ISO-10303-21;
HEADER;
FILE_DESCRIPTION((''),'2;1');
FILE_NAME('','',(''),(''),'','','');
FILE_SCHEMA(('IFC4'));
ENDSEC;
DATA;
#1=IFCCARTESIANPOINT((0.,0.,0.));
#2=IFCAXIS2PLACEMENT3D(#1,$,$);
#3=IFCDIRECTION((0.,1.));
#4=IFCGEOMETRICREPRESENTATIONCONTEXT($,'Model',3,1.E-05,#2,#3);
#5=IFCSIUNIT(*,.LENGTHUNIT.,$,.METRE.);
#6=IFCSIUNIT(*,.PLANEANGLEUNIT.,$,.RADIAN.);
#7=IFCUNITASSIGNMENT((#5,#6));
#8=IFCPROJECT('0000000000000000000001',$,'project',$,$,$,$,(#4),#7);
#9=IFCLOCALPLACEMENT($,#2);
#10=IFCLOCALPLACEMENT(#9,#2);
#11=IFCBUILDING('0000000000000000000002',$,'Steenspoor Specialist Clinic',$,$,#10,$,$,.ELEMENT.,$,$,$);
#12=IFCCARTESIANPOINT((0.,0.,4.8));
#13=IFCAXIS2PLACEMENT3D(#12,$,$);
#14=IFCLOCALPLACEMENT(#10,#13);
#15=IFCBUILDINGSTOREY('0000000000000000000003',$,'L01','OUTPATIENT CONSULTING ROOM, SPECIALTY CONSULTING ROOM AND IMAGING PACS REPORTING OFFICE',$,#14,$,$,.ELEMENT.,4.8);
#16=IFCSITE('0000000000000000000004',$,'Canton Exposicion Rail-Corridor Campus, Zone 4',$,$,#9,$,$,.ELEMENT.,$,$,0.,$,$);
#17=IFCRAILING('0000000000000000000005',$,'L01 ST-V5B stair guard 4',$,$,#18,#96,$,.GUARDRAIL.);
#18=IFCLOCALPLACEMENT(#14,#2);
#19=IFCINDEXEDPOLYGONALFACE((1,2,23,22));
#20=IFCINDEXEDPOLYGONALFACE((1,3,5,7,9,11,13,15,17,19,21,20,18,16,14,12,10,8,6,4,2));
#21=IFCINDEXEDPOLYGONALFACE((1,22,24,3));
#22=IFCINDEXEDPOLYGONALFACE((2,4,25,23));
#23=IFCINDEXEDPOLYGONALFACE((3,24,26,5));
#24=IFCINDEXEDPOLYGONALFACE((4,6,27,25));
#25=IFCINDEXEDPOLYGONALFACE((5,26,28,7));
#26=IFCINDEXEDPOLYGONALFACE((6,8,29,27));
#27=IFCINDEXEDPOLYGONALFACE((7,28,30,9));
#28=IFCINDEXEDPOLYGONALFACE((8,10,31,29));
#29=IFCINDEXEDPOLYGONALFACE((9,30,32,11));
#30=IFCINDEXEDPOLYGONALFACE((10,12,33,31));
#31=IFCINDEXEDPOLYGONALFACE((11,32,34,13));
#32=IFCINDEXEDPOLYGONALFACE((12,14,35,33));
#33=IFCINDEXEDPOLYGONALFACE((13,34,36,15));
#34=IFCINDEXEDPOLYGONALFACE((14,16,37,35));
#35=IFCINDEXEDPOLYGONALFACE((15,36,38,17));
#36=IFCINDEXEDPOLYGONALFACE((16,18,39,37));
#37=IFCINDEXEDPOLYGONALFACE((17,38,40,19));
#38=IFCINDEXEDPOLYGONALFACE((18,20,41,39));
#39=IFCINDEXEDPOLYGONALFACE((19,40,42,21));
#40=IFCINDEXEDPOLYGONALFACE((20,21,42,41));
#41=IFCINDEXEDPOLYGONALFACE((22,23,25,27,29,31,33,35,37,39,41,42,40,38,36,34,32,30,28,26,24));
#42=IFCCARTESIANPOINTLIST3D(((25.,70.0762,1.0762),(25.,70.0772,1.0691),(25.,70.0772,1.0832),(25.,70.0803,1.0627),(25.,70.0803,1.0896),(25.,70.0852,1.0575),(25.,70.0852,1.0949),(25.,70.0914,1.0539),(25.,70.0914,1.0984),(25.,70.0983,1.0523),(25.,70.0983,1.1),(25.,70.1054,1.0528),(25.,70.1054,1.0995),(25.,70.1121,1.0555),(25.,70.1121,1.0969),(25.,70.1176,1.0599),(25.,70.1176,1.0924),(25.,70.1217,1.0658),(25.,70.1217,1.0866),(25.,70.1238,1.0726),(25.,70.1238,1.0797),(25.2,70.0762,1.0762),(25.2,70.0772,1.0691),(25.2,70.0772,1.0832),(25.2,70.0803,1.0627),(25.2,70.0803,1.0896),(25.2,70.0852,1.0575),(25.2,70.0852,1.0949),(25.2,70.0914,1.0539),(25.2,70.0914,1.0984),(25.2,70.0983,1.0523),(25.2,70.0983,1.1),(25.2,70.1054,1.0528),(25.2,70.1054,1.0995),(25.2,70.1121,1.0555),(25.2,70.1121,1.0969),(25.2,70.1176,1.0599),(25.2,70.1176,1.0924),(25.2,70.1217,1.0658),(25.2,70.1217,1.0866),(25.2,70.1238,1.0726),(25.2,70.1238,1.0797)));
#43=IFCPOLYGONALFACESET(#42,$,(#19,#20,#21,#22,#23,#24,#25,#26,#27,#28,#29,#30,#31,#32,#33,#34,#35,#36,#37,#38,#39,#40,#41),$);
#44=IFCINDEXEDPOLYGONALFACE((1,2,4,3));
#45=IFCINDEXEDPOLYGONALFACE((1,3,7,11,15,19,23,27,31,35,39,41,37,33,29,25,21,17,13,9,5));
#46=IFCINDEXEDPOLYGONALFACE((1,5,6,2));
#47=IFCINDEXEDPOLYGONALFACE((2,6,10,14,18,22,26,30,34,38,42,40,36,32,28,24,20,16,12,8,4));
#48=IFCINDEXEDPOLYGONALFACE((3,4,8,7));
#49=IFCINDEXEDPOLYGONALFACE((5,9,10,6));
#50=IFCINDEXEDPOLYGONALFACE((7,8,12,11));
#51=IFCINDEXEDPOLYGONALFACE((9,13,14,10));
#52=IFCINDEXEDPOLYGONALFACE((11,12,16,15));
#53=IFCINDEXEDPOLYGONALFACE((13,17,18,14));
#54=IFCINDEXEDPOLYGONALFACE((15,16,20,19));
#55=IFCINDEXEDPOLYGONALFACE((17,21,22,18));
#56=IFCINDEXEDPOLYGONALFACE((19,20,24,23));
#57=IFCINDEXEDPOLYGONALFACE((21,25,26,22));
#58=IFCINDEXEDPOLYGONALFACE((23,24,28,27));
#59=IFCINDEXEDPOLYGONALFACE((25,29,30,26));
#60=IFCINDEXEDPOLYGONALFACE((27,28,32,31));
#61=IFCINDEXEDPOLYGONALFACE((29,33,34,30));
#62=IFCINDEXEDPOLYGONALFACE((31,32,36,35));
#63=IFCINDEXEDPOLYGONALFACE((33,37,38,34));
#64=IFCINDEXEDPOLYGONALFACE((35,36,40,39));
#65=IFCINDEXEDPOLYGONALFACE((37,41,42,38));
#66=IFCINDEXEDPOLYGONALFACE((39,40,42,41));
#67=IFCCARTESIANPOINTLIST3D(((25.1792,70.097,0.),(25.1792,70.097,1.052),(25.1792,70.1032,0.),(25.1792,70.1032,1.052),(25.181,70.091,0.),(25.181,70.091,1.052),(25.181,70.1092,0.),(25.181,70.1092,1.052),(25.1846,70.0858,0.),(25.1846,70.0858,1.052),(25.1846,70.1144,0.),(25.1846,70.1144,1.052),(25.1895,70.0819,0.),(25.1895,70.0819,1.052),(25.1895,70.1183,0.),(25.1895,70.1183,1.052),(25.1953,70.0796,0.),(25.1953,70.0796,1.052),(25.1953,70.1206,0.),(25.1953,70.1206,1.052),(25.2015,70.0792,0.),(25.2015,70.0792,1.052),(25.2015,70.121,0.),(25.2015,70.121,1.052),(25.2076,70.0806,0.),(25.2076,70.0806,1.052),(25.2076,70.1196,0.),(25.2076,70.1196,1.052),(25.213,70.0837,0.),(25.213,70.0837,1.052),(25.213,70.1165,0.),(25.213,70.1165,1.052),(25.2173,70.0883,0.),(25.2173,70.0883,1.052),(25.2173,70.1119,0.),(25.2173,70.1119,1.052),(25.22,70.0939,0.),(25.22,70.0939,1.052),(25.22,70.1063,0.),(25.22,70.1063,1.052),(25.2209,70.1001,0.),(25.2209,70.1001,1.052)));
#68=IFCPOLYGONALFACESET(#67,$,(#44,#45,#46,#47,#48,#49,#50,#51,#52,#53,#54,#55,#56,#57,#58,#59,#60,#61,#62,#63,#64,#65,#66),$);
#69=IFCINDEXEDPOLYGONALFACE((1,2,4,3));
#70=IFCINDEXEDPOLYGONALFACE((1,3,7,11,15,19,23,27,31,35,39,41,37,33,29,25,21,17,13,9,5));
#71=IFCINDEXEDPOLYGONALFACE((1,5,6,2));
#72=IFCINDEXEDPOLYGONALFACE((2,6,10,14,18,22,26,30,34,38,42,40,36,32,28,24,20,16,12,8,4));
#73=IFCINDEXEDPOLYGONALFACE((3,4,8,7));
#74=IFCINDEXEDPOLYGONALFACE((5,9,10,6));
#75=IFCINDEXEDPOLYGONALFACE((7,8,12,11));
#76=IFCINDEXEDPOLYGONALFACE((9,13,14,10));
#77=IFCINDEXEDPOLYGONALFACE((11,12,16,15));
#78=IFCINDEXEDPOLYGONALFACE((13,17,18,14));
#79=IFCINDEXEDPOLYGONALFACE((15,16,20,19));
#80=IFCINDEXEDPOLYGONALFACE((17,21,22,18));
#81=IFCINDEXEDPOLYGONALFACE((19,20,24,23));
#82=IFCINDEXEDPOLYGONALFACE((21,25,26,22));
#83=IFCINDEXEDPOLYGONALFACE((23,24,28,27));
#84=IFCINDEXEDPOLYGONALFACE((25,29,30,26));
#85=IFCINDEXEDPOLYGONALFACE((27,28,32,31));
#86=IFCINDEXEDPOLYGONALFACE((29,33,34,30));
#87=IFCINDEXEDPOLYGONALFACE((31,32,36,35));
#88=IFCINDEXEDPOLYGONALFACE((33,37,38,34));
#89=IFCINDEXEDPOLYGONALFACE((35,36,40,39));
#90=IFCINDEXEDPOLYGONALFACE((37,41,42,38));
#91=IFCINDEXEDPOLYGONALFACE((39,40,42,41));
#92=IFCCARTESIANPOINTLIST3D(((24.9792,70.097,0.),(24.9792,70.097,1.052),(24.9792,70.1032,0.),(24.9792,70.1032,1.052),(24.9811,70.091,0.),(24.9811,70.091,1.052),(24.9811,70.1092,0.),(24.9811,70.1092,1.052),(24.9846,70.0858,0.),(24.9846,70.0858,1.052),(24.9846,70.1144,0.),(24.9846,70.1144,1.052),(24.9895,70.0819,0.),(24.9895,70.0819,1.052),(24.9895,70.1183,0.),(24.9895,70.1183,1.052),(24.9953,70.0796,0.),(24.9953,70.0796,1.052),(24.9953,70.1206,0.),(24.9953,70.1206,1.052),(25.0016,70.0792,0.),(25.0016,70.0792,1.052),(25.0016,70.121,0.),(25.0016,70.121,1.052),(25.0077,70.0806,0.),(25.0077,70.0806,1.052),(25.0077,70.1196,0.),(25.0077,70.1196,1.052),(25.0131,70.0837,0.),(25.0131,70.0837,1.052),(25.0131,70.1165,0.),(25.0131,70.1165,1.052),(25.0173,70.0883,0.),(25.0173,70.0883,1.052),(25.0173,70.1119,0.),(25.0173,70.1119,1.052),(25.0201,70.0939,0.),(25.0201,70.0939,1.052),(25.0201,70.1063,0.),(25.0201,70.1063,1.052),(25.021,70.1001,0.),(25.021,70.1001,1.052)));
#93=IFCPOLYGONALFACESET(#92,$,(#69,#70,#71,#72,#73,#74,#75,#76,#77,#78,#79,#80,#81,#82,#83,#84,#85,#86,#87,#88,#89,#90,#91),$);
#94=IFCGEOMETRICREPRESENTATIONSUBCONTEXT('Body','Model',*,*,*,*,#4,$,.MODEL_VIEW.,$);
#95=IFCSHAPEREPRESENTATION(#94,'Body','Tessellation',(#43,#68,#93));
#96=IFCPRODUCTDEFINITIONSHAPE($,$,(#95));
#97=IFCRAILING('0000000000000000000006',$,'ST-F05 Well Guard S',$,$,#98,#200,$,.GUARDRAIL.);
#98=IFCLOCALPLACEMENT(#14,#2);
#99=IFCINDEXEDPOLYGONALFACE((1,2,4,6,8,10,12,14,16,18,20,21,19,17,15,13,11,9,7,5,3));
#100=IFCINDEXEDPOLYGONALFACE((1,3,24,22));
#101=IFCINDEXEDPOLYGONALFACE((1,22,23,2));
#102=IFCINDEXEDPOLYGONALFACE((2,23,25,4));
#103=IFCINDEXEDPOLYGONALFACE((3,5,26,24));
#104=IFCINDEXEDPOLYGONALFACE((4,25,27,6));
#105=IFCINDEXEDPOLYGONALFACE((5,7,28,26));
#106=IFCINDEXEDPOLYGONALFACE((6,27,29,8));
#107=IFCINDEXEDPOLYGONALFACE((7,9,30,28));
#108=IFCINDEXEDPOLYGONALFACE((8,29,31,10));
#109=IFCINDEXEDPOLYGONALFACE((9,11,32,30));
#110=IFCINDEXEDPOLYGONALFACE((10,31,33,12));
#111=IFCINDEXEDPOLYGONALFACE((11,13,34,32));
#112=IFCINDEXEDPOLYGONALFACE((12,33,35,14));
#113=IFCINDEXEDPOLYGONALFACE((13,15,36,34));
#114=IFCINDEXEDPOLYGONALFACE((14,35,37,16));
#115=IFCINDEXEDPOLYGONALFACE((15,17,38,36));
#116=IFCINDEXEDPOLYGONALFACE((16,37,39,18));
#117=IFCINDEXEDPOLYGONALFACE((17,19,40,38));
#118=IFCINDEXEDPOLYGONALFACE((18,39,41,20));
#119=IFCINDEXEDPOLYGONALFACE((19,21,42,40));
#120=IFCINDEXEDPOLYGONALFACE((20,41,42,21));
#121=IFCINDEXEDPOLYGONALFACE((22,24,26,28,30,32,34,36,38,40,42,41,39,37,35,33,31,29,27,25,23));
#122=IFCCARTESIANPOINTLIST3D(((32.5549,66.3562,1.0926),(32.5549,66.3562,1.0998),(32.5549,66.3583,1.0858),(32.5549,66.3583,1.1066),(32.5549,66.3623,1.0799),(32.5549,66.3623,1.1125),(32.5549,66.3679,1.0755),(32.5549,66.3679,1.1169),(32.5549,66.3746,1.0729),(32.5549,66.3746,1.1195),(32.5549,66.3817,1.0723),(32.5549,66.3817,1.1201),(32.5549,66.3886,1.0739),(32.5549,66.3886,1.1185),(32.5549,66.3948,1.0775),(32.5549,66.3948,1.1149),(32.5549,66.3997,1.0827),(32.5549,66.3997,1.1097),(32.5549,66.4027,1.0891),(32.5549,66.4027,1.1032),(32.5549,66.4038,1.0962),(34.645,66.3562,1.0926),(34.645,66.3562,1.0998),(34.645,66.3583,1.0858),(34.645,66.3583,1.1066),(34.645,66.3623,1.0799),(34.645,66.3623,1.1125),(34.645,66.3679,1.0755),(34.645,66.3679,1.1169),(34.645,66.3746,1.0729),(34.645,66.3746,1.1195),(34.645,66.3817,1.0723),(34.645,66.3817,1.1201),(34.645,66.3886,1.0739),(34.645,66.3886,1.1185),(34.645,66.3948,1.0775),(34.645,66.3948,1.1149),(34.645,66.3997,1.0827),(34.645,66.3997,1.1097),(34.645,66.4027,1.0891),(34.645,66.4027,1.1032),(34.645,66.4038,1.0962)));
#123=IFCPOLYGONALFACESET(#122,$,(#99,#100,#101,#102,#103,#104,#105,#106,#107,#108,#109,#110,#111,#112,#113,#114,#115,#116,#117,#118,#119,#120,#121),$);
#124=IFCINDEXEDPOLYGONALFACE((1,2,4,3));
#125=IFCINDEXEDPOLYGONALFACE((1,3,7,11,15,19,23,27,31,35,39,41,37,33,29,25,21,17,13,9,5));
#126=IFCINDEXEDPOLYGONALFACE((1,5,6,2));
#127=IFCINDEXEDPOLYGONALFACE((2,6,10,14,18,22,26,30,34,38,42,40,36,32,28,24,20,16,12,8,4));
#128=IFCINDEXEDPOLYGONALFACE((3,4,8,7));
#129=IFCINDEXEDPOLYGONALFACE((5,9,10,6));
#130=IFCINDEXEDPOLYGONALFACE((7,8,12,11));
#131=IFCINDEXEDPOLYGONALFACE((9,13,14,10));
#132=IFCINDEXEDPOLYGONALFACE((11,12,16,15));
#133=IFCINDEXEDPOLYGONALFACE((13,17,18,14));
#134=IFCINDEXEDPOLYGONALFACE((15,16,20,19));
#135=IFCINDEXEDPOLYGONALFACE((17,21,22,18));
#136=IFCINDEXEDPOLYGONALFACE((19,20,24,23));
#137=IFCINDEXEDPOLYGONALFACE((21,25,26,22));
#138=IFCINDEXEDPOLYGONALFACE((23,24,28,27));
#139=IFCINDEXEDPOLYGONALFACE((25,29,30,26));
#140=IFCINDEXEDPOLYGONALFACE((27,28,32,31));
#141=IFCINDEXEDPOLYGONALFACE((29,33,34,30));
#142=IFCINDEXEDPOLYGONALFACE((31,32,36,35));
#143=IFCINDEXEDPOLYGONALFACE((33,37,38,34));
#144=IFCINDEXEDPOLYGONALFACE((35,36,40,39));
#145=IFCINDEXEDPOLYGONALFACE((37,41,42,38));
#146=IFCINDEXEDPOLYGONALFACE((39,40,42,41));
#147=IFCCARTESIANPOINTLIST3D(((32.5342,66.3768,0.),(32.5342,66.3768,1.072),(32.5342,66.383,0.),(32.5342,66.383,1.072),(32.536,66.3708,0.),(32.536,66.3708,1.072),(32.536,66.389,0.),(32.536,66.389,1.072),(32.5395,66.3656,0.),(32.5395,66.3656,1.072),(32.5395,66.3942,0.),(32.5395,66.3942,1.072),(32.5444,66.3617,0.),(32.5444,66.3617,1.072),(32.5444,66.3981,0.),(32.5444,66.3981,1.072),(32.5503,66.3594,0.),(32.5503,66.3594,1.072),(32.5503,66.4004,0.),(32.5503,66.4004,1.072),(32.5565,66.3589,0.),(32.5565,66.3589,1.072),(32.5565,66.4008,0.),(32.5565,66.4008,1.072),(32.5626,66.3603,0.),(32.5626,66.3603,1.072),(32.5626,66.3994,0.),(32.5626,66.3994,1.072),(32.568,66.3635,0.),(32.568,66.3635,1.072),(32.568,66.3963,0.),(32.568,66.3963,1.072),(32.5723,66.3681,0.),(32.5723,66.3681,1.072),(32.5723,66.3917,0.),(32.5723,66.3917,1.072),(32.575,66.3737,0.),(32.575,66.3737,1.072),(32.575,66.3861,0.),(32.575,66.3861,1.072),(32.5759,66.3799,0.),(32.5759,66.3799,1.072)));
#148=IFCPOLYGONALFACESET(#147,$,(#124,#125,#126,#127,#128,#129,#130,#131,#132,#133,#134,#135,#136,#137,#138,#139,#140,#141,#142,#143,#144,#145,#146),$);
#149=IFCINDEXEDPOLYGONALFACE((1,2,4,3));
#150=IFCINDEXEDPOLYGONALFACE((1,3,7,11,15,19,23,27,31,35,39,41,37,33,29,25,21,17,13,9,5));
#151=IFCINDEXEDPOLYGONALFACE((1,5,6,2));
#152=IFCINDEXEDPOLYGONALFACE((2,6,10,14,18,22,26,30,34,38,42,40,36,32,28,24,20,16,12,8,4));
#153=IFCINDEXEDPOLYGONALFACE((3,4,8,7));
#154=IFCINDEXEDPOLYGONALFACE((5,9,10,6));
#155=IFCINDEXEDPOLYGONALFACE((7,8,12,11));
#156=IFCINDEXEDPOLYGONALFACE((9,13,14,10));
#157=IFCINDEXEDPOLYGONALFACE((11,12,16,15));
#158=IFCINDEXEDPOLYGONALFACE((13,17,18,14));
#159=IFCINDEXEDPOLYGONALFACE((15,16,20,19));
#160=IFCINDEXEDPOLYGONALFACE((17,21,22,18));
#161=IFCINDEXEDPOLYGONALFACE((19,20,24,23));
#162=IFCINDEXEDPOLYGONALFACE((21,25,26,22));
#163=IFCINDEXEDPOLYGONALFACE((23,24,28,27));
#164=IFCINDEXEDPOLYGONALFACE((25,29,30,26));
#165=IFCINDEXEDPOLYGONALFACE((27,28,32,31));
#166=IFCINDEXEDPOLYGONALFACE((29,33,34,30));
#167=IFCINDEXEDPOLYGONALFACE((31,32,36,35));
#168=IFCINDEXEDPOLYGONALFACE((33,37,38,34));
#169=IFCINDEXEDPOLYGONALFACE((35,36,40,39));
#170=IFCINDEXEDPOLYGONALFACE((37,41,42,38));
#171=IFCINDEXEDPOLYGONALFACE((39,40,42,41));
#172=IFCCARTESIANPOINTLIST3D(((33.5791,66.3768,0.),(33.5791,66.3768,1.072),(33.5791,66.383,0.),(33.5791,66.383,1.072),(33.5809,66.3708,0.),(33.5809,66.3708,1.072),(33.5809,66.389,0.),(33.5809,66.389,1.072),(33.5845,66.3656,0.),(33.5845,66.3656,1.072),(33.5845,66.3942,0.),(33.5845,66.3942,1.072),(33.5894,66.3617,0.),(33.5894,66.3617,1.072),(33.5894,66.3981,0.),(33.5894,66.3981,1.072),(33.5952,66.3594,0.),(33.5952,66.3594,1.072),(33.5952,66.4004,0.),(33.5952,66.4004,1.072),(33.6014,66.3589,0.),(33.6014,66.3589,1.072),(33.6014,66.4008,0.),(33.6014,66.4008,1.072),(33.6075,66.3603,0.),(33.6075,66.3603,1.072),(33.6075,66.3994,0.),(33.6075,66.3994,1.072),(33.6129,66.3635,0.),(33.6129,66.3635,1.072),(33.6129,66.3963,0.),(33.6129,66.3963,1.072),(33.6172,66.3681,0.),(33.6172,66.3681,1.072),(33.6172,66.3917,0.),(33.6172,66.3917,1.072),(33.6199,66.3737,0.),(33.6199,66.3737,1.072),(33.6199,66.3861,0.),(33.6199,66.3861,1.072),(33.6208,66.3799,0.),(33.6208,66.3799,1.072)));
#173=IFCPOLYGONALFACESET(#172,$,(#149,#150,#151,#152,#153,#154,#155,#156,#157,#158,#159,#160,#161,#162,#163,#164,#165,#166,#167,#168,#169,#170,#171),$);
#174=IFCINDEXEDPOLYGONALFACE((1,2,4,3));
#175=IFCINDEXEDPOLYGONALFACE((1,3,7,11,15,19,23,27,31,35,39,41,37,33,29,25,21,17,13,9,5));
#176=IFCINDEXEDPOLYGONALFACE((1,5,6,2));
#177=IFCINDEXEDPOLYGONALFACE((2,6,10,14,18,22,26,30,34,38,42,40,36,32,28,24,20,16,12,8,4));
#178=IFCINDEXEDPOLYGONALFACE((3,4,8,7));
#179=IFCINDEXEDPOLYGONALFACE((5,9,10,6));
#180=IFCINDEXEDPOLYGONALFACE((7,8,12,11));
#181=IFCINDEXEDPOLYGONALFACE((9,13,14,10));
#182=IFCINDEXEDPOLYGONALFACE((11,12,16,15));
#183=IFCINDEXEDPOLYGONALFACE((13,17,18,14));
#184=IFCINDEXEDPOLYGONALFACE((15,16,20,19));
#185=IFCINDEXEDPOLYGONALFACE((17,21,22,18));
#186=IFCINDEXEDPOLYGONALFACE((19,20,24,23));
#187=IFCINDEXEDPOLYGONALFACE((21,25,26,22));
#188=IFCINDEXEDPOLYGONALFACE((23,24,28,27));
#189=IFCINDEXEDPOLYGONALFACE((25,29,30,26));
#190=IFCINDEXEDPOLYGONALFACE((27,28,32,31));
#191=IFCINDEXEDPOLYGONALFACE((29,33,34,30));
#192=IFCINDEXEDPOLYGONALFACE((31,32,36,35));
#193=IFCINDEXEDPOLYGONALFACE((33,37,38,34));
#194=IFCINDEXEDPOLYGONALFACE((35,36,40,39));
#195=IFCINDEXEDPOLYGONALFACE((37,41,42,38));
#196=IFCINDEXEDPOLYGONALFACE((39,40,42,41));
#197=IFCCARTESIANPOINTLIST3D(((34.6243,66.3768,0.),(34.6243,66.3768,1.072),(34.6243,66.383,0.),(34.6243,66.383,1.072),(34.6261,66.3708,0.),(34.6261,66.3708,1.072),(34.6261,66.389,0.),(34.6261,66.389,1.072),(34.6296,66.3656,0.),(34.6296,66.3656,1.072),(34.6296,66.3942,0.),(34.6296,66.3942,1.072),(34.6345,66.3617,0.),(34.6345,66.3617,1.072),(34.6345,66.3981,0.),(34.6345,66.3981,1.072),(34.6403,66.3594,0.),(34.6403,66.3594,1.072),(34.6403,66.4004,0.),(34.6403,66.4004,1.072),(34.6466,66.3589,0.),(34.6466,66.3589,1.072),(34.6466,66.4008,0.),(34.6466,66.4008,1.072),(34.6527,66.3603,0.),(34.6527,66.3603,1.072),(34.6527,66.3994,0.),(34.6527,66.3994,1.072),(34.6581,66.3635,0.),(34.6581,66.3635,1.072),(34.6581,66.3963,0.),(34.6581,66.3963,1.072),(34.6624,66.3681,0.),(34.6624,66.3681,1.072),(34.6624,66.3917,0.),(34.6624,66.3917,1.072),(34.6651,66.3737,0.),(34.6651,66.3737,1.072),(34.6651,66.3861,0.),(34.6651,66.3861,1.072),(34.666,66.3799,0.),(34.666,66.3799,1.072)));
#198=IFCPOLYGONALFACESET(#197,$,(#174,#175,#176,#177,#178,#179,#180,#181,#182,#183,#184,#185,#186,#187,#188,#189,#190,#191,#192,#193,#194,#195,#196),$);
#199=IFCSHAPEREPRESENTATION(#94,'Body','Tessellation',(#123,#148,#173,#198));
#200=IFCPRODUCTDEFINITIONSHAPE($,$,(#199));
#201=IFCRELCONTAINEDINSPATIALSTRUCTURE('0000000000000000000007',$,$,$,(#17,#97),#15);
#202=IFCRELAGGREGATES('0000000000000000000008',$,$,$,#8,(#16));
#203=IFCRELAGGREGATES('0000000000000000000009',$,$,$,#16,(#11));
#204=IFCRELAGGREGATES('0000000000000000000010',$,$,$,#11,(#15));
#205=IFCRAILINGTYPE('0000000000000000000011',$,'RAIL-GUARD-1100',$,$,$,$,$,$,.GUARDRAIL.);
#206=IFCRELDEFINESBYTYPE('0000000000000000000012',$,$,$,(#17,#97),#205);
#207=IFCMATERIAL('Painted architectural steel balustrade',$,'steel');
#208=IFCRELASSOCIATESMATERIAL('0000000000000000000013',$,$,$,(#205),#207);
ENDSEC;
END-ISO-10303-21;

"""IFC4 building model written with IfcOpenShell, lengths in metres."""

from ifc_helpers import new_model, si_unit, direction, frame, origin, origin_2d, place, context, subcontext, project, spatial, circle, extrude, material, type_object, element, save


model = new_model("IFC4")

# Units and contexts
model_context = context("Model", 3, precision=1e-05, world=origin(), true_north=direction((0.0, 1.0)))
body_context = subcontext(model_context, "Body", "Model", "MODEL_VIEW")
ifc_project = project(units=[si_unit("LENGTHUNIT", "METRE"), si_unit("PLANEANGLEUNIT", "RADIAN")], contexts=[model_context])

# Site, building, storey
site_placement = place(None, origin())
site = spatial("IfcSite", under=ifc_project, at=site_placement, Name="Canton Exposicion Rail-Corridor Campus, Zone 4", CompositionType="ELEMENT", RefElevation=0.0)
building_placement = place(site_placement, origin())
building = spatial("IfcBuilding", under=site, at=building_placement, Name="Steenspoor Specialist Clinic", CompositionType="ELEMENT")
storey_placement = place(building_placement, frame((0.0, 0.0, 4.8)))
storey = spatial("IfcBuildingStorey", under=building, at=storey_placement, Name="L01", Description="OUTPATIENT CONSULTING ROOM, SPECIALTY CONSULTING ROOM AND IMAGING PACS REPORTING OFFICE", CompositionType="ELEMENT", Elevation=4.8)

# Railings
ifc_material_1 = material(Name="Painted architectural steel balustrade", Category="steel")
railing_type_1 = type_object("IfcRailingType", Name="RAIL-GUARD-1100", PredefinedType="GUARDRAIL", material=ifc_material_1)
railing_1_placement = place(storey_placement, frame((25.2, 70.1001, 0.0)))
element("IfcRailing", 1, at=railing_1_placement, inside=storey, type_object=railing_type_1, Name="L01 ST-V5B stair guard 4", PredefinedType="GUARDRAIL", context=body_context, shape_type="SweptSolid", body=[
    extrude(circle(Radius=0.0239, at=origin_2d()), frame((0.0, 0.0, 1.0762), z_axis=(-1.0, 0.0, 0.0), x_axis=(0.0, -1.0, 0.0)), (0.0, 0.0, 1.0), 0.2),
    extrude(circle(Radius=0.021, at=origin_2d()), origin(), (0.0, 0.0, 1.0), 1.052),
    extrude(circle(Radius=0.021, at=origin_2d()), frame((-0.2, 0.0, 0.0)), (0.0, 0.0, 1.0), 1.052),
])
railing_2_placement = place(storey_placement, frame((32.5549, 66.3799, 0.0)))
element("IfcRailing", 2, at=railing_2_placement, inside=storey, type_object=railing_type_1, Name="ST-F05 Well Guard S", PredefinedType="GUARDRAIL", context=body_context, shape_type="SweptSolid", body=[
    extrude(circle(Radius=0.0239, at=origin_2d()), frame((0.0, 0.0, 1.0962), z_axis=(1.0, 0.0, 0.0), x_axis=(0.0, 1.0, 0.0)), (0.0, 0.0, 1.0), 2.0901),
    extrude(circle(Radius=0.021, at=origin_2d()), origin(), (0.0, 0.0, 1.0), 1.072),
    extrude(circle(Radius=0.021, at=origin_2d()), frame((1.0449, 0.0, 0.0)), (0.0, 0.0, 1.0), 1.072),
    extrude(circle(Radius=0.021, at=origin_2d()), frame((2.0901, 0.0, 0.0)), (0.0, 0.0, 1.0), 1.072),
])

save(model, "model.ifc")
